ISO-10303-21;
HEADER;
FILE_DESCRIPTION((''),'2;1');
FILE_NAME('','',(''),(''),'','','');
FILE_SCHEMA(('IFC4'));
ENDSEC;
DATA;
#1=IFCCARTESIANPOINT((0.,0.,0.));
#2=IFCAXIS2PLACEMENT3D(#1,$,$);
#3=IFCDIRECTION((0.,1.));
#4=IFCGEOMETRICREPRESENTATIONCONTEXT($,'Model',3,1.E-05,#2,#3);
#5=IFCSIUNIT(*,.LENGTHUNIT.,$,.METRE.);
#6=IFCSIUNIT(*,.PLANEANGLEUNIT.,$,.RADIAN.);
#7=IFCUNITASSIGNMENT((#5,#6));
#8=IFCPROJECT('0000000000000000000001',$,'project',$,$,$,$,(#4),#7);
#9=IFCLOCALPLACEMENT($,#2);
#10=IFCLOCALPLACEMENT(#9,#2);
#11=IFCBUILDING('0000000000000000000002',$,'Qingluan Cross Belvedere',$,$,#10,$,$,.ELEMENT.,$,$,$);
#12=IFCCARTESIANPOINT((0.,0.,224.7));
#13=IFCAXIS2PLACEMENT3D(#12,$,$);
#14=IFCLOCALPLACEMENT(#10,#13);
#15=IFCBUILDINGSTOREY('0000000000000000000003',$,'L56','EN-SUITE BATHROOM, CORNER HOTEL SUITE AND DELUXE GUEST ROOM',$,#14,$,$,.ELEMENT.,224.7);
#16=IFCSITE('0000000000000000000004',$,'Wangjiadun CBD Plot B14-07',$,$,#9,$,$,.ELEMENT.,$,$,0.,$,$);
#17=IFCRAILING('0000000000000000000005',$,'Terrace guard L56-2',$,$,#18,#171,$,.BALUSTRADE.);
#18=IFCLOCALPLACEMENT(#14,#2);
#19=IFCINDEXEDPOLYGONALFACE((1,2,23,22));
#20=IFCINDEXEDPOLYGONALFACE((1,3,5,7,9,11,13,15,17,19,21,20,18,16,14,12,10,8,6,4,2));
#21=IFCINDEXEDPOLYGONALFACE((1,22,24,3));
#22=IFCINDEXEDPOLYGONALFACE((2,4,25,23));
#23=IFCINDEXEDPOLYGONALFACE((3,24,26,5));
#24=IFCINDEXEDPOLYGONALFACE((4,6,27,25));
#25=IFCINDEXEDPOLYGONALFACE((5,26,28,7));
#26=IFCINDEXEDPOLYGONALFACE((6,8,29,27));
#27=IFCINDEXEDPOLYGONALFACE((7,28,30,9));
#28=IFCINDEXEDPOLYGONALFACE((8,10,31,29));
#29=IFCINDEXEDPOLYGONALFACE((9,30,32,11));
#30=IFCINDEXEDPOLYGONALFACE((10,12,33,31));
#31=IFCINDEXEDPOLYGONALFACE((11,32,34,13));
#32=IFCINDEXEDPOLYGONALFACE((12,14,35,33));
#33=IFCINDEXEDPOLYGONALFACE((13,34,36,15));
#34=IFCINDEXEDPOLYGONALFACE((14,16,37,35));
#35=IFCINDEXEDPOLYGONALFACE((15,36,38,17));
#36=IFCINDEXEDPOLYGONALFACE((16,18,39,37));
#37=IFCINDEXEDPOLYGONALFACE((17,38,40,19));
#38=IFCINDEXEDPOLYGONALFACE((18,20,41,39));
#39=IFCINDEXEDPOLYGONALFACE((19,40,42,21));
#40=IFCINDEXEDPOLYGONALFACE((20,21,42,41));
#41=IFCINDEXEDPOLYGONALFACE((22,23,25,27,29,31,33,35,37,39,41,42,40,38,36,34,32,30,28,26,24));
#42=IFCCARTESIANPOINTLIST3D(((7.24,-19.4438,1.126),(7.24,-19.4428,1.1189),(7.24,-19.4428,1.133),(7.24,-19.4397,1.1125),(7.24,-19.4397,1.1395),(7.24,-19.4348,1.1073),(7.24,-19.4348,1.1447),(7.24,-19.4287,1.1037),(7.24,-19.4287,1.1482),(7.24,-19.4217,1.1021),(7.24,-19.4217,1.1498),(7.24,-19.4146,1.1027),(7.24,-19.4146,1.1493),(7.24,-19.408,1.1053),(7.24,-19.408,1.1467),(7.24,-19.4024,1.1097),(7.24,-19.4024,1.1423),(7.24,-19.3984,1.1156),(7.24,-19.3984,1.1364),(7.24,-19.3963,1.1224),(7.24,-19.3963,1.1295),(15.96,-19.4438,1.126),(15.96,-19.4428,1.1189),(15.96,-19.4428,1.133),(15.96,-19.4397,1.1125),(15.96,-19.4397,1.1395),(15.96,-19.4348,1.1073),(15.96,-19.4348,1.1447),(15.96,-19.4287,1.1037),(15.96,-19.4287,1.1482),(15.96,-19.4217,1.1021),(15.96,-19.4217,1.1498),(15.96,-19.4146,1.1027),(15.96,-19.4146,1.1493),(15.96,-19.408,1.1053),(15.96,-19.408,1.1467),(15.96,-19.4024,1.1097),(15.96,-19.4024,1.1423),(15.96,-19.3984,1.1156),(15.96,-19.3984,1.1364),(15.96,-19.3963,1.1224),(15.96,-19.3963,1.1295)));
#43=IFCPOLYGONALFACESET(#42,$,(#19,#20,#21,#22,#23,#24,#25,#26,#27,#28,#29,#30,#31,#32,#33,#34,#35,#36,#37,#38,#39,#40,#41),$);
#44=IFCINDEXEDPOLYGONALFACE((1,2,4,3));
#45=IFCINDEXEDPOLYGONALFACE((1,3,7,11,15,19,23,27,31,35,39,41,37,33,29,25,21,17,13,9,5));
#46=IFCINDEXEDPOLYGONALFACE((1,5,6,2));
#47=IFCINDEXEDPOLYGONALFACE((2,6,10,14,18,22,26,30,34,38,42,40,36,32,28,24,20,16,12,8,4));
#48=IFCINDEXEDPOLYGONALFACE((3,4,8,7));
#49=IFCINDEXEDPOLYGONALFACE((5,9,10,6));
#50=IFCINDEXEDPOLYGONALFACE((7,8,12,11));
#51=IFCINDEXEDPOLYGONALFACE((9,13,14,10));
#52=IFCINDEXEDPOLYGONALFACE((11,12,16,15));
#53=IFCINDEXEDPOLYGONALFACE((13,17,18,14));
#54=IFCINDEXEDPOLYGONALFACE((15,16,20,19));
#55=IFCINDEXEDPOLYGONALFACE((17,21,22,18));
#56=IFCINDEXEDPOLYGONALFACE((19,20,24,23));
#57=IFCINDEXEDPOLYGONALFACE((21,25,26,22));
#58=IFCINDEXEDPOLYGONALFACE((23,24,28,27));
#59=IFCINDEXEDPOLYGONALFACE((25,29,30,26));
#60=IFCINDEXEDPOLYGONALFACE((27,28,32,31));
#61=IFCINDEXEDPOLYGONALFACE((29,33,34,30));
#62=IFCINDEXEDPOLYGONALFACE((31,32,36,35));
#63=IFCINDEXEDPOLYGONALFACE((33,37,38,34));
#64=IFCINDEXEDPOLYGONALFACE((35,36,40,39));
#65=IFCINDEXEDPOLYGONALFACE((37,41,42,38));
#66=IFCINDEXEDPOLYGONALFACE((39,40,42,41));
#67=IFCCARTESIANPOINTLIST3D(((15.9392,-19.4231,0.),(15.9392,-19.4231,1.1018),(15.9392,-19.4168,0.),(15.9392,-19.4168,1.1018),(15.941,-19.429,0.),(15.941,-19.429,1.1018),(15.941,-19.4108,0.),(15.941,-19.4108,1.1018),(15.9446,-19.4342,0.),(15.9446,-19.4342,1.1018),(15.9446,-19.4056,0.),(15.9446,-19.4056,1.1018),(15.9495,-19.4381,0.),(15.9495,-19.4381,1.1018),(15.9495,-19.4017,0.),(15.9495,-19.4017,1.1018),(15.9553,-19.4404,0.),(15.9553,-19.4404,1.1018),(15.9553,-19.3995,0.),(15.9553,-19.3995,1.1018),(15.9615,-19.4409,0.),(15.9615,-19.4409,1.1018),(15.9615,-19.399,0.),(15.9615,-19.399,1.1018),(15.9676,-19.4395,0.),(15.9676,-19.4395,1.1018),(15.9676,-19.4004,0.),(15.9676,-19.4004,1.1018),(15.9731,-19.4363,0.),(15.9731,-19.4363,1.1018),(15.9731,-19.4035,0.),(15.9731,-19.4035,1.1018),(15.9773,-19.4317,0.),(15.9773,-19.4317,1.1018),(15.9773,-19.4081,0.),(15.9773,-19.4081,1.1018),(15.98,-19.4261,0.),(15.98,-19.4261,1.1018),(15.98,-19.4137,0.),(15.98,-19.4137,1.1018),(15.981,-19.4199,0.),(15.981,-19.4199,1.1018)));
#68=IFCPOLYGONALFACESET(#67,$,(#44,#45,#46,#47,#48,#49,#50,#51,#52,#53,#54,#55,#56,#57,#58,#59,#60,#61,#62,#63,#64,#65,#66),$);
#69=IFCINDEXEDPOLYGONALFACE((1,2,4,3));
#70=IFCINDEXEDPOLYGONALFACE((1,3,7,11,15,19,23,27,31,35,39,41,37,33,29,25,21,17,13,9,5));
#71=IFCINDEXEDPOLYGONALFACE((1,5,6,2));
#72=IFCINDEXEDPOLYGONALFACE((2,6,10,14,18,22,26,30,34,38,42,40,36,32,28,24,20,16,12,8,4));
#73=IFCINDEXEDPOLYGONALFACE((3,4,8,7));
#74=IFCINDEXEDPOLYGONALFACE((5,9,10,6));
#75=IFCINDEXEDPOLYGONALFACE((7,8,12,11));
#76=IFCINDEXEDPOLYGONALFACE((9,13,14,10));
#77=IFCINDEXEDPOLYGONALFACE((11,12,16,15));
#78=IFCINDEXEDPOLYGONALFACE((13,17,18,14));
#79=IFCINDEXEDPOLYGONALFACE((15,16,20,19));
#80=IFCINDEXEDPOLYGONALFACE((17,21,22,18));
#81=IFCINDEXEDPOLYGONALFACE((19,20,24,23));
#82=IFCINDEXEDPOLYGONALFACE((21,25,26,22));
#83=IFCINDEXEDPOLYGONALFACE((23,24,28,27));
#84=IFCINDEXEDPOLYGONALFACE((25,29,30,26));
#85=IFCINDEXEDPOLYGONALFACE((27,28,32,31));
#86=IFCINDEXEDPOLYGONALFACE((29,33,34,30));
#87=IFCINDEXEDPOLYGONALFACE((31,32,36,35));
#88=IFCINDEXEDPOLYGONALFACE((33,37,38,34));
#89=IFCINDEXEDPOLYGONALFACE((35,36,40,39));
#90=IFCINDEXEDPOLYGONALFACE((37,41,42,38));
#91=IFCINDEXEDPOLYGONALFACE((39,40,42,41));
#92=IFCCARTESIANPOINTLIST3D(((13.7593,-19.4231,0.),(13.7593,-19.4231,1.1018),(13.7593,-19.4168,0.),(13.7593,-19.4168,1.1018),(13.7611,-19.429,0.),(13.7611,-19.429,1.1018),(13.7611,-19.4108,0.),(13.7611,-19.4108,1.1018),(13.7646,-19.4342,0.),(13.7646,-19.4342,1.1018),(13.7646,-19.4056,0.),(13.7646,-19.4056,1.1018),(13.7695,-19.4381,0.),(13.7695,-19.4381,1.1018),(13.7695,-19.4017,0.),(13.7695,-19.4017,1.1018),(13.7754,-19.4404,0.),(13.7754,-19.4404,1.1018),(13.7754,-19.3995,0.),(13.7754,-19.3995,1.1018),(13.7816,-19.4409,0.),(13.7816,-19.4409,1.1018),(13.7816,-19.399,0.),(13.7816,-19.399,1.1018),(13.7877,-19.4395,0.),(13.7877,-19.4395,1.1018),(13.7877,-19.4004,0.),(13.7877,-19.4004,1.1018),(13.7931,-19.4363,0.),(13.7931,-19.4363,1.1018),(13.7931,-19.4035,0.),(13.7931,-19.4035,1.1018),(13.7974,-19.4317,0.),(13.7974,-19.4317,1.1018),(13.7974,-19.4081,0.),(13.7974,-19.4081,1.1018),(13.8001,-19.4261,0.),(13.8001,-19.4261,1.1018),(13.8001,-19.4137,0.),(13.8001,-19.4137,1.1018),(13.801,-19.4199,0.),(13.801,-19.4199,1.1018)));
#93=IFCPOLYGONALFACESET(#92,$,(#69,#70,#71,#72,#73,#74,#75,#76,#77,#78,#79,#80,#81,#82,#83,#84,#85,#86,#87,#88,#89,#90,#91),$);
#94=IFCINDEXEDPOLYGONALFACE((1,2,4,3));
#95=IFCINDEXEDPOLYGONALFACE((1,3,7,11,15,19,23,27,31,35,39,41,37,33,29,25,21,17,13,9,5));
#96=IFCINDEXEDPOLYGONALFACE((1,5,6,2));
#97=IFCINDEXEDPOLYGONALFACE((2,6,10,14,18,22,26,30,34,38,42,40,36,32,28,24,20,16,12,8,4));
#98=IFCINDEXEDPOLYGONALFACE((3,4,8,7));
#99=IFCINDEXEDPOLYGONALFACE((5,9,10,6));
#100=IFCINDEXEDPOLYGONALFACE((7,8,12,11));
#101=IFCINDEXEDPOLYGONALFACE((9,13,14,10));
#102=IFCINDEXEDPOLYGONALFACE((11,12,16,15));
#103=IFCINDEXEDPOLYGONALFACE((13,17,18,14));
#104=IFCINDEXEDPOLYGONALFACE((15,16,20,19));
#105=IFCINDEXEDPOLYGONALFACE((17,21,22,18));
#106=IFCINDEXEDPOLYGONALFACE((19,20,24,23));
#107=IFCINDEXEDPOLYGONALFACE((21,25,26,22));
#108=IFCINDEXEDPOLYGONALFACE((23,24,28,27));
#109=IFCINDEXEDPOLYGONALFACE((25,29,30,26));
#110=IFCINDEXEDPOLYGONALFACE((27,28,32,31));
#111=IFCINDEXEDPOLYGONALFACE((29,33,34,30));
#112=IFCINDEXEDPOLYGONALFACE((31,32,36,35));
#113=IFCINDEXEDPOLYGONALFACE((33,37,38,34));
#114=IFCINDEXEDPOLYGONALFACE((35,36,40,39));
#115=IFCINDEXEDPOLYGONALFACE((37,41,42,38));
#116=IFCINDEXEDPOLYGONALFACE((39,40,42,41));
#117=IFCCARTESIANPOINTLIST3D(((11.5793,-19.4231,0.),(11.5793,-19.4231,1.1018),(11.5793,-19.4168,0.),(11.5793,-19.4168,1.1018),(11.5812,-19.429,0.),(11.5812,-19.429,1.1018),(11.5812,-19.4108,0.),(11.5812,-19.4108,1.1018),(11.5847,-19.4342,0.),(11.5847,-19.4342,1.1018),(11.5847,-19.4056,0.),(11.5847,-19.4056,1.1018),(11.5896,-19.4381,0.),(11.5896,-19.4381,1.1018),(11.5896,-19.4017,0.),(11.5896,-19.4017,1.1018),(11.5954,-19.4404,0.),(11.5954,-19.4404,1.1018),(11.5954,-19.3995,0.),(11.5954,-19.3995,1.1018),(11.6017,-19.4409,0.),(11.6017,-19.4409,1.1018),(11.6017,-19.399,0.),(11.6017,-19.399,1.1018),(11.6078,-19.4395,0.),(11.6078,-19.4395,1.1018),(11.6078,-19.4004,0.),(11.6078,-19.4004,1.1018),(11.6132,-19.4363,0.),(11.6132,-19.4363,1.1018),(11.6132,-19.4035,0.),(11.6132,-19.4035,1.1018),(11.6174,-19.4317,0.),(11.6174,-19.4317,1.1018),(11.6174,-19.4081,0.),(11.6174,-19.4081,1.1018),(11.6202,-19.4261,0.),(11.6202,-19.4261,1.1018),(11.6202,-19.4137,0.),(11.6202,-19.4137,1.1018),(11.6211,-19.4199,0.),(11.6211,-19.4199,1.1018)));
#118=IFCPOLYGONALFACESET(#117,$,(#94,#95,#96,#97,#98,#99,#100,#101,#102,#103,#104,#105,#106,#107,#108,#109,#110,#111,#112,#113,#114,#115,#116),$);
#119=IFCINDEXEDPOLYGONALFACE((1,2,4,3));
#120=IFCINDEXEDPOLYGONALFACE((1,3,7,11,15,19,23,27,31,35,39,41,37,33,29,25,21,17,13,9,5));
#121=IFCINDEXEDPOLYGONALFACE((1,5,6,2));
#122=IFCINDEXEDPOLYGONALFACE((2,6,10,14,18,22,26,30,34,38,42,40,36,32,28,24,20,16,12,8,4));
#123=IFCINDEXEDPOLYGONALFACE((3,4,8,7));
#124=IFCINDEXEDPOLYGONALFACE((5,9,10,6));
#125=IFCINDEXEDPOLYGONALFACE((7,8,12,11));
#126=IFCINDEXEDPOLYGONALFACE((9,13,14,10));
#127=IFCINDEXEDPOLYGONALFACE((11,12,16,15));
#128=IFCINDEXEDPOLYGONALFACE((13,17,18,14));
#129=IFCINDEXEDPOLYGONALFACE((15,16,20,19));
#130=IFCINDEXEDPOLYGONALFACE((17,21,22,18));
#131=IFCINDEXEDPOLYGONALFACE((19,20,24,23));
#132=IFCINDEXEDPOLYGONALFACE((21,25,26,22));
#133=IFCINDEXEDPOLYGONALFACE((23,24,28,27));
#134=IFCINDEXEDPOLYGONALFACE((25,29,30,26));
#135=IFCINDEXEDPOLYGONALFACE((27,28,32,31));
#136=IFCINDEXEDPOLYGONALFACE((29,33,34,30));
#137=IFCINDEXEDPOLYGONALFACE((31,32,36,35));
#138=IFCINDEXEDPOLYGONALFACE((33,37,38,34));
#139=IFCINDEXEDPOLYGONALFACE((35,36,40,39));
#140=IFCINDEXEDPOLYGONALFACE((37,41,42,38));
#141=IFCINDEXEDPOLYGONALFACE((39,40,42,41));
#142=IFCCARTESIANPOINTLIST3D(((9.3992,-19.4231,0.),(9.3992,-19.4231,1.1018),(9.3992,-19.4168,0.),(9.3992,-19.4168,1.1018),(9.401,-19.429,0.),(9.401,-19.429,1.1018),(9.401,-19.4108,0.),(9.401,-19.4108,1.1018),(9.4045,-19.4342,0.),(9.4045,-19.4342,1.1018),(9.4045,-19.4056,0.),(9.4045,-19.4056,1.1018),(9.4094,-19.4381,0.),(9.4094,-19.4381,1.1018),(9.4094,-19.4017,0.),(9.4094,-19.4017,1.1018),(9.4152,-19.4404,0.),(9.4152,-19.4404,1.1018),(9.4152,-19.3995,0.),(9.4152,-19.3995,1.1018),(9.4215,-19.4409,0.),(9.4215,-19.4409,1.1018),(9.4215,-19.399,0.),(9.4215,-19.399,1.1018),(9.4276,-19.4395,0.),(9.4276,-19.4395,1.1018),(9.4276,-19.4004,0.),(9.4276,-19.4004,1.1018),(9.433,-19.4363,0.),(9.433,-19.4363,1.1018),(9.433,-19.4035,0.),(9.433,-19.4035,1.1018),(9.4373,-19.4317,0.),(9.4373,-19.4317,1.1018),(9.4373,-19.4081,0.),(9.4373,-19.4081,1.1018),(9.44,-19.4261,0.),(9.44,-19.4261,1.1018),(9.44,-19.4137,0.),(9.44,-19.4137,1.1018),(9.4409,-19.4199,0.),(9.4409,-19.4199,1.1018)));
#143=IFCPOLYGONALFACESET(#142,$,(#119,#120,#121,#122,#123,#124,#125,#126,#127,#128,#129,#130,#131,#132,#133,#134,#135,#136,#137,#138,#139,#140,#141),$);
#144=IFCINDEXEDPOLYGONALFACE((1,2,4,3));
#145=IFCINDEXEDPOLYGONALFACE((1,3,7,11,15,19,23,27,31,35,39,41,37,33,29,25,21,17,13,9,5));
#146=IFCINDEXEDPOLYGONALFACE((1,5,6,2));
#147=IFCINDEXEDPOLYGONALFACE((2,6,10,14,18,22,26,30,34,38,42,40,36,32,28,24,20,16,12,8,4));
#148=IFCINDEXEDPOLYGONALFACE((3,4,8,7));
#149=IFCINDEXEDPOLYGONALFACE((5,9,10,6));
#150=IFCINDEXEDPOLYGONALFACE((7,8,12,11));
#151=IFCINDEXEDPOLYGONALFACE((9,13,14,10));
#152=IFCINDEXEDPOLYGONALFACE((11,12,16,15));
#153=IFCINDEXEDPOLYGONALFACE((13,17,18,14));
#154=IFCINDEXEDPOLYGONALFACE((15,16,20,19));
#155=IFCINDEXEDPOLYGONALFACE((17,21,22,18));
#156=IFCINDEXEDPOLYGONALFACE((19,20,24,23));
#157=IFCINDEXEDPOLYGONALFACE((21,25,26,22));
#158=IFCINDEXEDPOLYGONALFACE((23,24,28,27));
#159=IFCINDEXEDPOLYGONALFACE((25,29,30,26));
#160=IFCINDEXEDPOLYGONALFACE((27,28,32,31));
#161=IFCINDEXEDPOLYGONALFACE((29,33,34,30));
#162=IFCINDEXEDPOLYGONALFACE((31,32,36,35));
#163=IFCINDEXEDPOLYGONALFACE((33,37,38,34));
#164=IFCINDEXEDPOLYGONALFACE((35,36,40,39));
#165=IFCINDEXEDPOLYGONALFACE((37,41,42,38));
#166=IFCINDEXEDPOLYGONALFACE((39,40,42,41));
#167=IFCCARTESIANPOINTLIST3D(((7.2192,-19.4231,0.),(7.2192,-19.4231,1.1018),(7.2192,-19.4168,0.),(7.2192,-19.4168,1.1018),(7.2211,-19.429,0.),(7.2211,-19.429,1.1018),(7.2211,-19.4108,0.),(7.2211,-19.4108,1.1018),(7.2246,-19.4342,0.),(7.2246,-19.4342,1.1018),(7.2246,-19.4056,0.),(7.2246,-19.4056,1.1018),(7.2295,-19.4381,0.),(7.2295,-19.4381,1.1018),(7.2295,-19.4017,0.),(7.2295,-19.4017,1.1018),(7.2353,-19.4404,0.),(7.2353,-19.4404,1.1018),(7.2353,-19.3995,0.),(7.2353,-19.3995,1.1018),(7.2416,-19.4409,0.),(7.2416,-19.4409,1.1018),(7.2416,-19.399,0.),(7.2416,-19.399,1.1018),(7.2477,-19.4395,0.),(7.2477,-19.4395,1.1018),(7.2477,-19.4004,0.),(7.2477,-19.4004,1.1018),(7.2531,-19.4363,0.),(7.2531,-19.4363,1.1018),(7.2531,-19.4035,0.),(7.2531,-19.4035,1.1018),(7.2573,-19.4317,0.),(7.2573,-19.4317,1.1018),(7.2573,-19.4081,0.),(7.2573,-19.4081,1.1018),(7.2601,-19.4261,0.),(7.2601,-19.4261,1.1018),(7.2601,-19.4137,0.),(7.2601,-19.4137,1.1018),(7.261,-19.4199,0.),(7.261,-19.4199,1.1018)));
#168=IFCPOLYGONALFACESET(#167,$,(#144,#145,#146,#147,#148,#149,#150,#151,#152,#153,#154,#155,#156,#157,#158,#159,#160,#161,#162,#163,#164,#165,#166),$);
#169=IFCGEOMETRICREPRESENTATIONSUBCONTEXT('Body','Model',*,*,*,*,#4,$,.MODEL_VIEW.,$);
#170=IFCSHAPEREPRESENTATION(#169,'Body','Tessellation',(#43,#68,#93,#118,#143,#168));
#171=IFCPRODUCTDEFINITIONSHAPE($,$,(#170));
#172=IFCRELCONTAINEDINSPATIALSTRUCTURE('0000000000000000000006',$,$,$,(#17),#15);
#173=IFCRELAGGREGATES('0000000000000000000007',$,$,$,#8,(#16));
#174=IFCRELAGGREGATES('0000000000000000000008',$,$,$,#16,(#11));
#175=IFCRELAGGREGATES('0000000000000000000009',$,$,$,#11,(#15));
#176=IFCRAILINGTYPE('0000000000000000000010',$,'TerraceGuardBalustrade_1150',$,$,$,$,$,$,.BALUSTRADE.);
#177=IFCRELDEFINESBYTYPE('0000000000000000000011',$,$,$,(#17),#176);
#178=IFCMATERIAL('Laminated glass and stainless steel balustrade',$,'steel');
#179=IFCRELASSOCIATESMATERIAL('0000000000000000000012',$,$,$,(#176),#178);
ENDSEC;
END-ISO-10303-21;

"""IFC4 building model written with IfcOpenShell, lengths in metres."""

from ifc_helpers import new_model, si_unit, direction, frame, origin, origin_2d, place, context, subcontext, project, spatial, circle, extrude, material, type_object, element, save


model = new_model("IFC4")

# Units and contexts
model_context = context("Model", 3, precision=1e-05, world=origin(), true_north=direction((0.0, 1.0)))
body_context = subcontext(model_context, "Body", "Model", "MODEL_VIEW")
ifc_project = project(units=[si_unit("LENGTHUNIT", "METRE"), si_unit("PLANEANGLEUNIT", "RADIAN")], contexts=[model_context])

# Site, building, storey
site_placement = place(None, origin())
site = spatial("IfcSite", under=ifc_project, at=site_placement, Name="Wangjiadun CBD Plot B14-07", CompositionType="ELEMENT", RefElevation=0.0)
building_placement = place(site_placement, origin())
building = spatial("IfcBuilding", under=site, at=building_placement, Name="Qingluan Cross Belvedere", CompositionType="ELEMENT")
storey_placement = place(building_placement, frame((0.0, 0.0, 224.7)))
storey = spatial("IfcBuildingStorey", under=building, at=storey_placement, Name="L56", Description="EN-SUITE BATHROOM, CORNER HOTEL SUITE AND DELUXE GUEST ROOM", CompositionType="ELEMENT", Elevation=224.7)

# Railing
ifc_material_1 = material(Name="Laminated glass and stainless steel balustrade", Category="steel")
railing_type = type_object("IfcRailingType", Name="TerraceGuardBalustrade_1150", PredefinedType="BALUSTRADE", material=ifc_material_1)
railing_1_placement = place(storey_placement, frame((15.96, -19.4199, 0.0)))
element("IfcRailing", 1, at=railing_1_placement, inside=storey, type_object=railing_type, Name="Terrace guard L56-2", PredefinedType="BALUSTRADE", context=body_context, shape_type="SweptSolid", body=[
    extrude(circle(Radius=0.0239, at=origin_2d()), frame((0.0, 0.0, 1.126), z_axis=(-1.0, 0.0, 0.0), x_axis=(0.0, -1.0, 0.0)), (0.0, 0.0, 1.0), 8.72),
    extrude(circle(Radius=0.021, at=origin_2d()), origin(), (0.0, 0.0, 1.0), 1.1018),
    extrude(circle(Radius=0.021, at=origin_2d()), frame((-2.1799, 0.0, 0.0)), (0.0, 0.0, 1.0), 1.1018),
    extrude(circle(Radius=0.021, at=origin_2d()), frame((-4.3599, 0.0, 0.0)), (0.0, 0.0, 1.0), 1.1018),
    extrude(circle(Radius=0.021, at=origin_2d()), frame((-6.54, 0.0, 0.0)), (0.0, 0.0, 1.0), 1.1018),
    extrude(circle(Radius=0.021, at=origin_2d()), frame((-8.72, 0.0, 0.0)), (0.0, 0.0, 1.0), 1.1018),
])

save(model, "model.ifc")
